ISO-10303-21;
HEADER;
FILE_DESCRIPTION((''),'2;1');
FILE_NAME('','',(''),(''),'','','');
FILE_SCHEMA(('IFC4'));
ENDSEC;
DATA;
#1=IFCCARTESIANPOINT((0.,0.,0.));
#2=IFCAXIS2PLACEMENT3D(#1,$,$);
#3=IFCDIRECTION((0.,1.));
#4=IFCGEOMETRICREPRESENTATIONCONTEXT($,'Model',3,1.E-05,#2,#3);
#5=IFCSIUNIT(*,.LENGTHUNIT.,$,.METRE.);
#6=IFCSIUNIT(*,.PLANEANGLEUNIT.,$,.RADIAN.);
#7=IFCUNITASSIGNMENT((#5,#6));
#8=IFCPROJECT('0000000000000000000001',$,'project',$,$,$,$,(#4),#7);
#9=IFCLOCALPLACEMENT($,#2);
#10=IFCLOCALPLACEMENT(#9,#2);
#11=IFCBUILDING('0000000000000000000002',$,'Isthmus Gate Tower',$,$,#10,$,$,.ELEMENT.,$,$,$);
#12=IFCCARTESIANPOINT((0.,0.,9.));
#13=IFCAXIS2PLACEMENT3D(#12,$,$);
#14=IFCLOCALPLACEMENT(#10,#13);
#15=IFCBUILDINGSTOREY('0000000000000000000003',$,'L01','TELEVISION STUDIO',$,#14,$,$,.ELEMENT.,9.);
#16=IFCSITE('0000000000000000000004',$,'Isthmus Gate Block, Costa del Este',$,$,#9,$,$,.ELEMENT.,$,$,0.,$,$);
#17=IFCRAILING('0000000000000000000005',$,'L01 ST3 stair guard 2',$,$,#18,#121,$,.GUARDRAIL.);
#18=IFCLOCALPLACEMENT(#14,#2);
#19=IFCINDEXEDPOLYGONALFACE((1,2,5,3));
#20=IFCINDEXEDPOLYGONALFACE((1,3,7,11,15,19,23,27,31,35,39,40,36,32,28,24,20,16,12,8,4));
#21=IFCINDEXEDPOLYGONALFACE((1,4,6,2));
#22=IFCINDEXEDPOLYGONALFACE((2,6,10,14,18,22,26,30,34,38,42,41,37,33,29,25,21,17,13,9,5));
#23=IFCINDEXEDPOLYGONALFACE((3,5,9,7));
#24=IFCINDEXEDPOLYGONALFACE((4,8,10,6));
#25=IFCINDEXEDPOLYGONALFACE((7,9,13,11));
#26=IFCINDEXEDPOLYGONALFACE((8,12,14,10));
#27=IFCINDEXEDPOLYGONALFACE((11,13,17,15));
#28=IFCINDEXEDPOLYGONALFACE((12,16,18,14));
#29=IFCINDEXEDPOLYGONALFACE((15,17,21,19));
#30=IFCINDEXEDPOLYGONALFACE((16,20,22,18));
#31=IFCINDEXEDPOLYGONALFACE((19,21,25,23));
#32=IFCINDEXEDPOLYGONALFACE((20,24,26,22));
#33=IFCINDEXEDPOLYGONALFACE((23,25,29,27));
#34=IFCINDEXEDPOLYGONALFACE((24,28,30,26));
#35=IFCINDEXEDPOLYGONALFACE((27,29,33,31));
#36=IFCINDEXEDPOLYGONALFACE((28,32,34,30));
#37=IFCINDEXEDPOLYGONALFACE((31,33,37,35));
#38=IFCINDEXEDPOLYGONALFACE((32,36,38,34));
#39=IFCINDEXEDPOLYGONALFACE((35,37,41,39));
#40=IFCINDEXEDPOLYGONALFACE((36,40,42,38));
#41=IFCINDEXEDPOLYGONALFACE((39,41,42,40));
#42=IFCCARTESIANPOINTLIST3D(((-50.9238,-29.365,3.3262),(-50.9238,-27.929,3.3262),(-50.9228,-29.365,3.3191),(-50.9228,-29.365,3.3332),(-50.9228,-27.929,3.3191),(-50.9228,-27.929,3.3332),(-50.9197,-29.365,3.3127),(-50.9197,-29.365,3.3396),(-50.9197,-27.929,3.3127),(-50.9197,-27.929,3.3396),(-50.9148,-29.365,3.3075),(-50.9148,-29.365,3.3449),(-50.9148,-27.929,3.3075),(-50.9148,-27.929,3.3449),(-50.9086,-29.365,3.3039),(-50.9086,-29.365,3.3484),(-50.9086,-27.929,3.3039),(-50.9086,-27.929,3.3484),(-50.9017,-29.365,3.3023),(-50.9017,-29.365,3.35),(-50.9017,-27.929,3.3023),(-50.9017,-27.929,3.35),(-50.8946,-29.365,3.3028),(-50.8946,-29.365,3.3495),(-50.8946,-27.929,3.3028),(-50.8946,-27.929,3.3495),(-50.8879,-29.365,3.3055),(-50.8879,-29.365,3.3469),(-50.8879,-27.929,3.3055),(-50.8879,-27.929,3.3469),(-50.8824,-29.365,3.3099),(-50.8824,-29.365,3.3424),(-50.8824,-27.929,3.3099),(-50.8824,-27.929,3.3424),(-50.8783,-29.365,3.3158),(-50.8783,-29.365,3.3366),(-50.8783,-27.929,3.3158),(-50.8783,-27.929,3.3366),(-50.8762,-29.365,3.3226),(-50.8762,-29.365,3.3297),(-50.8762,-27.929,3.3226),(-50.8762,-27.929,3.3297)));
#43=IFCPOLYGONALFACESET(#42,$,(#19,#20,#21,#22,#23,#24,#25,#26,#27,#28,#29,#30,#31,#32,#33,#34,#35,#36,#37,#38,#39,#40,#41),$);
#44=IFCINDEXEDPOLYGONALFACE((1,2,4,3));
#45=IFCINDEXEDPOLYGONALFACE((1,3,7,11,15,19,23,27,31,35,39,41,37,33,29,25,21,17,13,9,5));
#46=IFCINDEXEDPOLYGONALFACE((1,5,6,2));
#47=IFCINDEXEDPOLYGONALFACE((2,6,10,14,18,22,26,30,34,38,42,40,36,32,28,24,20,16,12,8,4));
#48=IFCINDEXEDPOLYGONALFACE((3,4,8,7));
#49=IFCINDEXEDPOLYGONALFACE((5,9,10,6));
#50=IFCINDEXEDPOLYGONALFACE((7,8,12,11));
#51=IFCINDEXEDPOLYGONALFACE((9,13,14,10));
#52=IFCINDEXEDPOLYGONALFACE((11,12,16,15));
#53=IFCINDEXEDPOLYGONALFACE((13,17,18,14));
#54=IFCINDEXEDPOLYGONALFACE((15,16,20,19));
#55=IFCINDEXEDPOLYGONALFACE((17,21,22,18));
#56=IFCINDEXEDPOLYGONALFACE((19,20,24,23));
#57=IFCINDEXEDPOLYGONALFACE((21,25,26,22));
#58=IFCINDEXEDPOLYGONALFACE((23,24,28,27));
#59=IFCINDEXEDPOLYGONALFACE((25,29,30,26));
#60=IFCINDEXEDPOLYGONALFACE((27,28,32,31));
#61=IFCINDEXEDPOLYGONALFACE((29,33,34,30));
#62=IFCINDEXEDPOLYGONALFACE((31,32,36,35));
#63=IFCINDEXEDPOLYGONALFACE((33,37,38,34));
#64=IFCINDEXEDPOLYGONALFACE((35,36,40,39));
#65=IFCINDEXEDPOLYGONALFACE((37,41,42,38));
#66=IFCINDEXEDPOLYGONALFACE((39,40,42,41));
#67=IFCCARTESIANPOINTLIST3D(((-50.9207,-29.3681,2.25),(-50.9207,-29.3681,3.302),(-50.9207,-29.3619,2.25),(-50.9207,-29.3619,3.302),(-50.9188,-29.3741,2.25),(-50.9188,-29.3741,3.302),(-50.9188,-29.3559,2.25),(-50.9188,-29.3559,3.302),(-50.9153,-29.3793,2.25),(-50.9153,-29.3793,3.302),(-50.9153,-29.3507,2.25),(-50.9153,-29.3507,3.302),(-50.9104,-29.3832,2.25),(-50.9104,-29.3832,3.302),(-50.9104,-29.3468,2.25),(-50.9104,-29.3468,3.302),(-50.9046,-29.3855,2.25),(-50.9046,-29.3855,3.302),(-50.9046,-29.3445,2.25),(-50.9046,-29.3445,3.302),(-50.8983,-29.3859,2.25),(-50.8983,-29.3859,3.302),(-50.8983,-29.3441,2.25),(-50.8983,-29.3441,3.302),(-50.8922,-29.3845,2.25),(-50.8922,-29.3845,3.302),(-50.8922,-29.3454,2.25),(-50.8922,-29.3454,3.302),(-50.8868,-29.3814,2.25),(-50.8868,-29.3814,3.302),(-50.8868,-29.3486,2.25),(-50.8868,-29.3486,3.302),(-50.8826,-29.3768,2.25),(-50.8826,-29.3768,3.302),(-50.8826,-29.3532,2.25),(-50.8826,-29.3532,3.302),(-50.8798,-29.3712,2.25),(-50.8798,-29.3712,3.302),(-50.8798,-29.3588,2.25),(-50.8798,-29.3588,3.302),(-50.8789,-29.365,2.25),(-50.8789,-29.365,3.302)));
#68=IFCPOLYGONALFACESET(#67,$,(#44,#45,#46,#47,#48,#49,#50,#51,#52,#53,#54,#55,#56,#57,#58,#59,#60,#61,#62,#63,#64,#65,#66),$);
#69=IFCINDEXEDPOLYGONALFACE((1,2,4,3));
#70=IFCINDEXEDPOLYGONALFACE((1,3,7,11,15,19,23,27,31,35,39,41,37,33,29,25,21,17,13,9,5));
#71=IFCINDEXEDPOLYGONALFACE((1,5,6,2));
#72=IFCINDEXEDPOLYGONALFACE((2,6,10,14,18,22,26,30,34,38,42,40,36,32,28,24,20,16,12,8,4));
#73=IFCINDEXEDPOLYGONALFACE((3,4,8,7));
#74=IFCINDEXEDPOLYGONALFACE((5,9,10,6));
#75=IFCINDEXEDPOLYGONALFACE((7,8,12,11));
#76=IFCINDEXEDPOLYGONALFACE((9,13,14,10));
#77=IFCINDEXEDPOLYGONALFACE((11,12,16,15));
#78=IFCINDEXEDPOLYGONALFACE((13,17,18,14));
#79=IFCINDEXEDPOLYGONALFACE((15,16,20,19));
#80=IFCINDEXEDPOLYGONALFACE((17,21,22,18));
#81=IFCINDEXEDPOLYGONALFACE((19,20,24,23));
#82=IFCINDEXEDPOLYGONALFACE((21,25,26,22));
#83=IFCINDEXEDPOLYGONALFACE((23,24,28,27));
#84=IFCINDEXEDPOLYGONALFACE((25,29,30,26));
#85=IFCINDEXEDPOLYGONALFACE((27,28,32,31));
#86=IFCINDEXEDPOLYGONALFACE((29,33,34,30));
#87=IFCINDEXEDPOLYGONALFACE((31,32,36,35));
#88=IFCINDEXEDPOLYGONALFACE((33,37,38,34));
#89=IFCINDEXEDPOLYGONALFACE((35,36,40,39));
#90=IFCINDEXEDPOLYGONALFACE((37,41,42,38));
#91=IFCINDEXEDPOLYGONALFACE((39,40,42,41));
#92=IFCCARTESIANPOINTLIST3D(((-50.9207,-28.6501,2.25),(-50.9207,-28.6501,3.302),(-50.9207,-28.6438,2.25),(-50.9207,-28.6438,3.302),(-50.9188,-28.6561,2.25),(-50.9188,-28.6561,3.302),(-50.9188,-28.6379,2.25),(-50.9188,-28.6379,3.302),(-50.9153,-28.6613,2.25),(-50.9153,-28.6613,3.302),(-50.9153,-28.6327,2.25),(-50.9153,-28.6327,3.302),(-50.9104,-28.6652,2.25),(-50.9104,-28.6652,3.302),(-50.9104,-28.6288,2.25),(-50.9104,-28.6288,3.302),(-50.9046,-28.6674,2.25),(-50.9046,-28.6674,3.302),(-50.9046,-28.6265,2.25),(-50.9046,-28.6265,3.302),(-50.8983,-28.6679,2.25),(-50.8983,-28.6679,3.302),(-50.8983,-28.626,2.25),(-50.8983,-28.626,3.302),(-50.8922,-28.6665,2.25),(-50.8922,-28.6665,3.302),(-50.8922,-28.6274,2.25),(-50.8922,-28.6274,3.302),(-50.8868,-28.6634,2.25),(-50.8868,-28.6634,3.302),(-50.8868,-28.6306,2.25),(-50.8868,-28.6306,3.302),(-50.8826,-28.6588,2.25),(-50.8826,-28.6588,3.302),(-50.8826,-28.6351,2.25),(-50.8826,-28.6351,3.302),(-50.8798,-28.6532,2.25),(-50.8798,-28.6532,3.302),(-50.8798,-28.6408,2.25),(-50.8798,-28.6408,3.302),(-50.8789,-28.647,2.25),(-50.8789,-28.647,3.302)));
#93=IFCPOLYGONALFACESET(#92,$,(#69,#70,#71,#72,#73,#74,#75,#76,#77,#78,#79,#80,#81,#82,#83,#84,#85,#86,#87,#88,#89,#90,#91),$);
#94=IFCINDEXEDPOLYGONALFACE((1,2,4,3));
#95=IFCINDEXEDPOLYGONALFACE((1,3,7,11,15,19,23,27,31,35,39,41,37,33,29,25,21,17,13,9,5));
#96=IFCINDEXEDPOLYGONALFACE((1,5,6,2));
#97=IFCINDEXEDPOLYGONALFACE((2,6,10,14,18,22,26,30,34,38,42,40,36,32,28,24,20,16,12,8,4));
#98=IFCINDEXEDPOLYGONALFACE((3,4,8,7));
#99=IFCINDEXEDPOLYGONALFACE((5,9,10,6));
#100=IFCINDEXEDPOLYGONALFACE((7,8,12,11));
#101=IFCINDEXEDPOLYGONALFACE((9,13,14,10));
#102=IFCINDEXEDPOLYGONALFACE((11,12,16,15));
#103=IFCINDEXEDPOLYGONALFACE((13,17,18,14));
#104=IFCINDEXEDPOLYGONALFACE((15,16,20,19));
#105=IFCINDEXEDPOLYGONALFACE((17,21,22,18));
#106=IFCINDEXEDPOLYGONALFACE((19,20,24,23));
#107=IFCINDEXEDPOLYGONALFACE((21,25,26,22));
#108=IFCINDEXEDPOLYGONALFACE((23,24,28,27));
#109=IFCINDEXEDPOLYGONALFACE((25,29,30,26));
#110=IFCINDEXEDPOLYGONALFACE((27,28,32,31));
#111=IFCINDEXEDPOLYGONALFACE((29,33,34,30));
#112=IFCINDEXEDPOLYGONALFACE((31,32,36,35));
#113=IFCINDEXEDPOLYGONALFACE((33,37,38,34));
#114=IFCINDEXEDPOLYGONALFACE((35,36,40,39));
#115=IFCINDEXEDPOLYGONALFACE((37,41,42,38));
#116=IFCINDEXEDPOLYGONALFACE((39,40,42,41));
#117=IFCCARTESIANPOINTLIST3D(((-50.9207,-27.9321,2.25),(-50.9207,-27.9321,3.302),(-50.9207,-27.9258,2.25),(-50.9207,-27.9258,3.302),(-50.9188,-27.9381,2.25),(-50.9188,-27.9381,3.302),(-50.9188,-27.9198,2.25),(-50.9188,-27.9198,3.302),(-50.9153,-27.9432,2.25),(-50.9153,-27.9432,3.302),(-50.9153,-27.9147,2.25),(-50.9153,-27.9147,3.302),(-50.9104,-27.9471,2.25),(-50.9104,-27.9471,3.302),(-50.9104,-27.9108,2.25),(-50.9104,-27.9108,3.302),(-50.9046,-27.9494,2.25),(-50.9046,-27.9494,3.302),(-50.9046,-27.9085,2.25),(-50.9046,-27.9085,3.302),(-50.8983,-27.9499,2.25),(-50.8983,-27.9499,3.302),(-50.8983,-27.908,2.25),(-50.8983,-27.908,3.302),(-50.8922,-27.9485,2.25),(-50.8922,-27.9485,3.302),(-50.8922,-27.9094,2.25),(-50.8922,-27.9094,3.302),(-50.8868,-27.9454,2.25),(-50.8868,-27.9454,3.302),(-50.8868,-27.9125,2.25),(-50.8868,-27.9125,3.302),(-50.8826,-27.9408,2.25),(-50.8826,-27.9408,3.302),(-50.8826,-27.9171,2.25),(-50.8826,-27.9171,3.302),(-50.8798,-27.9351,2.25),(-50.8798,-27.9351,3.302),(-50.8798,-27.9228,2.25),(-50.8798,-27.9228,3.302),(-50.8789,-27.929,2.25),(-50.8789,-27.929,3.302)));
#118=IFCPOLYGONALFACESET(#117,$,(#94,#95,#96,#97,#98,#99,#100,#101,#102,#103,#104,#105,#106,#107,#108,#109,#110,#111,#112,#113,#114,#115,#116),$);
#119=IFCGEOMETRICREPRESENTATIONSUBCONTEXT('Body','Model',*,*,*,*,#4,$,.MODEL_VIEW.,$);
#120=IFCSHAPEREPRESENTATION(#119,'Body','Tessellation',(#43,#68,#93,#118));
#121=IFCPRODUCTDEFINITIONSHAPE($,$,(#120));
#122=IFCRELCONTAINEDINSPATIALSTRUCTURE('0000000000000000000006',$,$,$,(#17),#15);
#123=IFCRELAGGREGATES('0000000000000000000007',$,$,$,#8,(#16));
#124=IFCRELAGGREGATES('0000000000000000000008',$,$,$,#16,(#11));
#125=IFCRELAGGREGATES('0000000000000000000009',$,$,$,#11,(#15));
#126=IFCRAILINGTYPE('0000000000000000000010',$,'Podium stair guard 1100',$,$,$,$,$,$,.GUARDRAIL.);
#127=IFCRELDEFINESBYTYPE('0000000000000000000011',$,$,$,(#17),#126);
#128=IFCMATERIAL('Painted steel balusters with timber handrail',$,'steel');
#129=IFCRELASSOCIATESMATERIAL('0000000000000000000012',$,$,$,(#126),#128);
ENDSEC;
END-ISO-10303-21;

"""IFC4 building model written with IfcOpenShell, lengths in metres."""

from ifc_helpers import new_model, si_unit, direction, frame, origin, origin_2d, place, context, subcontext, project, spatial, circle, extrude, material, type_object, element, save


model = new_model("IFC4")

# Units and contexts
model_context = context("Model", 3, precision=1e-05, world=origin(), true_north=direction((0.0, 1.0)))
body_context = subcontext(model_context, "Body", "Model", "MODEL_VIEW")
ifc_project = project(units=[si_unit("LENGTHUNIT", "METRE"), si_unit("PLANEANGLEUNIT", "RADIAN")], contexts=[model_context])

# Site, building, storey
site_placement = place(None, origin())
site = spatial("IfcSite", under=ifc_project, at=site_placement, Name="Isthmus Gate Block, Costa del Este", CompositionType="ELEMENT", RefElevation=0.0)
building_placement = place(site_placement, origin())
building = spatial("IfcBuilding", under=site, at=building_placement, Name="Isthmus Gate Tower", CompositionType="ELEMENT")
storey_placement = place(building_placement, frame((0.0, 0.0, 9.0)))
storey = spatial("IfcBuildingStorey", under=building, at=storey_placement, Name="L01", Description="TELEVISION STUDIO", CompositionType="ELEMENT", Elevation=9.0)

# Railing
ifc_material_1 = material(Name="Painted steel balusters with timber handrail", Category="steel")
railing_type_1 = type_object("IfcRailingType", Name="Podium stair guard 1100", PredefinedType="GUARDRAIL", material=ifc_material_1)
railing_1_placement = place(storey_placement, frame((-50.8999, -29.365, 2.25)))
element("IfcRailing", 1, at=railing_1_placement, inside=storey, type_object=railing_type_1, Name="L01 ST3 stair guard 2", PredefinedType="GUARDRAIL", context=body_context, shape_type="SweptSolid", body=[
    extrude(circle(Radius=0.0239, at=origin_2d()), frame((0.0, 0.0, 1.0762), z_axis=(0.0, 1.0, 0.0), x_axis=(-1.0, 0.0, 0.0)), (0.0, 0.0, 1.0), 1.436),
    extrude(circle(Radius=0.021, at=origin_2d()), origin(), (0.0, 0.0, 1.0), 1.052),
    extrude(circle(Radius=0.021, at=origin_2d()), frame((0.0, 0.718, 0.0)), (0.0, 0.0, 1.0), 1.052),
    extrude(circle(Radius=0.021, at=origin_2d()), frame((0.0, 1.436, 0.0)), (0.0, 0.0, 1.0), 1.052),
])

save(model, "model.ifc")
